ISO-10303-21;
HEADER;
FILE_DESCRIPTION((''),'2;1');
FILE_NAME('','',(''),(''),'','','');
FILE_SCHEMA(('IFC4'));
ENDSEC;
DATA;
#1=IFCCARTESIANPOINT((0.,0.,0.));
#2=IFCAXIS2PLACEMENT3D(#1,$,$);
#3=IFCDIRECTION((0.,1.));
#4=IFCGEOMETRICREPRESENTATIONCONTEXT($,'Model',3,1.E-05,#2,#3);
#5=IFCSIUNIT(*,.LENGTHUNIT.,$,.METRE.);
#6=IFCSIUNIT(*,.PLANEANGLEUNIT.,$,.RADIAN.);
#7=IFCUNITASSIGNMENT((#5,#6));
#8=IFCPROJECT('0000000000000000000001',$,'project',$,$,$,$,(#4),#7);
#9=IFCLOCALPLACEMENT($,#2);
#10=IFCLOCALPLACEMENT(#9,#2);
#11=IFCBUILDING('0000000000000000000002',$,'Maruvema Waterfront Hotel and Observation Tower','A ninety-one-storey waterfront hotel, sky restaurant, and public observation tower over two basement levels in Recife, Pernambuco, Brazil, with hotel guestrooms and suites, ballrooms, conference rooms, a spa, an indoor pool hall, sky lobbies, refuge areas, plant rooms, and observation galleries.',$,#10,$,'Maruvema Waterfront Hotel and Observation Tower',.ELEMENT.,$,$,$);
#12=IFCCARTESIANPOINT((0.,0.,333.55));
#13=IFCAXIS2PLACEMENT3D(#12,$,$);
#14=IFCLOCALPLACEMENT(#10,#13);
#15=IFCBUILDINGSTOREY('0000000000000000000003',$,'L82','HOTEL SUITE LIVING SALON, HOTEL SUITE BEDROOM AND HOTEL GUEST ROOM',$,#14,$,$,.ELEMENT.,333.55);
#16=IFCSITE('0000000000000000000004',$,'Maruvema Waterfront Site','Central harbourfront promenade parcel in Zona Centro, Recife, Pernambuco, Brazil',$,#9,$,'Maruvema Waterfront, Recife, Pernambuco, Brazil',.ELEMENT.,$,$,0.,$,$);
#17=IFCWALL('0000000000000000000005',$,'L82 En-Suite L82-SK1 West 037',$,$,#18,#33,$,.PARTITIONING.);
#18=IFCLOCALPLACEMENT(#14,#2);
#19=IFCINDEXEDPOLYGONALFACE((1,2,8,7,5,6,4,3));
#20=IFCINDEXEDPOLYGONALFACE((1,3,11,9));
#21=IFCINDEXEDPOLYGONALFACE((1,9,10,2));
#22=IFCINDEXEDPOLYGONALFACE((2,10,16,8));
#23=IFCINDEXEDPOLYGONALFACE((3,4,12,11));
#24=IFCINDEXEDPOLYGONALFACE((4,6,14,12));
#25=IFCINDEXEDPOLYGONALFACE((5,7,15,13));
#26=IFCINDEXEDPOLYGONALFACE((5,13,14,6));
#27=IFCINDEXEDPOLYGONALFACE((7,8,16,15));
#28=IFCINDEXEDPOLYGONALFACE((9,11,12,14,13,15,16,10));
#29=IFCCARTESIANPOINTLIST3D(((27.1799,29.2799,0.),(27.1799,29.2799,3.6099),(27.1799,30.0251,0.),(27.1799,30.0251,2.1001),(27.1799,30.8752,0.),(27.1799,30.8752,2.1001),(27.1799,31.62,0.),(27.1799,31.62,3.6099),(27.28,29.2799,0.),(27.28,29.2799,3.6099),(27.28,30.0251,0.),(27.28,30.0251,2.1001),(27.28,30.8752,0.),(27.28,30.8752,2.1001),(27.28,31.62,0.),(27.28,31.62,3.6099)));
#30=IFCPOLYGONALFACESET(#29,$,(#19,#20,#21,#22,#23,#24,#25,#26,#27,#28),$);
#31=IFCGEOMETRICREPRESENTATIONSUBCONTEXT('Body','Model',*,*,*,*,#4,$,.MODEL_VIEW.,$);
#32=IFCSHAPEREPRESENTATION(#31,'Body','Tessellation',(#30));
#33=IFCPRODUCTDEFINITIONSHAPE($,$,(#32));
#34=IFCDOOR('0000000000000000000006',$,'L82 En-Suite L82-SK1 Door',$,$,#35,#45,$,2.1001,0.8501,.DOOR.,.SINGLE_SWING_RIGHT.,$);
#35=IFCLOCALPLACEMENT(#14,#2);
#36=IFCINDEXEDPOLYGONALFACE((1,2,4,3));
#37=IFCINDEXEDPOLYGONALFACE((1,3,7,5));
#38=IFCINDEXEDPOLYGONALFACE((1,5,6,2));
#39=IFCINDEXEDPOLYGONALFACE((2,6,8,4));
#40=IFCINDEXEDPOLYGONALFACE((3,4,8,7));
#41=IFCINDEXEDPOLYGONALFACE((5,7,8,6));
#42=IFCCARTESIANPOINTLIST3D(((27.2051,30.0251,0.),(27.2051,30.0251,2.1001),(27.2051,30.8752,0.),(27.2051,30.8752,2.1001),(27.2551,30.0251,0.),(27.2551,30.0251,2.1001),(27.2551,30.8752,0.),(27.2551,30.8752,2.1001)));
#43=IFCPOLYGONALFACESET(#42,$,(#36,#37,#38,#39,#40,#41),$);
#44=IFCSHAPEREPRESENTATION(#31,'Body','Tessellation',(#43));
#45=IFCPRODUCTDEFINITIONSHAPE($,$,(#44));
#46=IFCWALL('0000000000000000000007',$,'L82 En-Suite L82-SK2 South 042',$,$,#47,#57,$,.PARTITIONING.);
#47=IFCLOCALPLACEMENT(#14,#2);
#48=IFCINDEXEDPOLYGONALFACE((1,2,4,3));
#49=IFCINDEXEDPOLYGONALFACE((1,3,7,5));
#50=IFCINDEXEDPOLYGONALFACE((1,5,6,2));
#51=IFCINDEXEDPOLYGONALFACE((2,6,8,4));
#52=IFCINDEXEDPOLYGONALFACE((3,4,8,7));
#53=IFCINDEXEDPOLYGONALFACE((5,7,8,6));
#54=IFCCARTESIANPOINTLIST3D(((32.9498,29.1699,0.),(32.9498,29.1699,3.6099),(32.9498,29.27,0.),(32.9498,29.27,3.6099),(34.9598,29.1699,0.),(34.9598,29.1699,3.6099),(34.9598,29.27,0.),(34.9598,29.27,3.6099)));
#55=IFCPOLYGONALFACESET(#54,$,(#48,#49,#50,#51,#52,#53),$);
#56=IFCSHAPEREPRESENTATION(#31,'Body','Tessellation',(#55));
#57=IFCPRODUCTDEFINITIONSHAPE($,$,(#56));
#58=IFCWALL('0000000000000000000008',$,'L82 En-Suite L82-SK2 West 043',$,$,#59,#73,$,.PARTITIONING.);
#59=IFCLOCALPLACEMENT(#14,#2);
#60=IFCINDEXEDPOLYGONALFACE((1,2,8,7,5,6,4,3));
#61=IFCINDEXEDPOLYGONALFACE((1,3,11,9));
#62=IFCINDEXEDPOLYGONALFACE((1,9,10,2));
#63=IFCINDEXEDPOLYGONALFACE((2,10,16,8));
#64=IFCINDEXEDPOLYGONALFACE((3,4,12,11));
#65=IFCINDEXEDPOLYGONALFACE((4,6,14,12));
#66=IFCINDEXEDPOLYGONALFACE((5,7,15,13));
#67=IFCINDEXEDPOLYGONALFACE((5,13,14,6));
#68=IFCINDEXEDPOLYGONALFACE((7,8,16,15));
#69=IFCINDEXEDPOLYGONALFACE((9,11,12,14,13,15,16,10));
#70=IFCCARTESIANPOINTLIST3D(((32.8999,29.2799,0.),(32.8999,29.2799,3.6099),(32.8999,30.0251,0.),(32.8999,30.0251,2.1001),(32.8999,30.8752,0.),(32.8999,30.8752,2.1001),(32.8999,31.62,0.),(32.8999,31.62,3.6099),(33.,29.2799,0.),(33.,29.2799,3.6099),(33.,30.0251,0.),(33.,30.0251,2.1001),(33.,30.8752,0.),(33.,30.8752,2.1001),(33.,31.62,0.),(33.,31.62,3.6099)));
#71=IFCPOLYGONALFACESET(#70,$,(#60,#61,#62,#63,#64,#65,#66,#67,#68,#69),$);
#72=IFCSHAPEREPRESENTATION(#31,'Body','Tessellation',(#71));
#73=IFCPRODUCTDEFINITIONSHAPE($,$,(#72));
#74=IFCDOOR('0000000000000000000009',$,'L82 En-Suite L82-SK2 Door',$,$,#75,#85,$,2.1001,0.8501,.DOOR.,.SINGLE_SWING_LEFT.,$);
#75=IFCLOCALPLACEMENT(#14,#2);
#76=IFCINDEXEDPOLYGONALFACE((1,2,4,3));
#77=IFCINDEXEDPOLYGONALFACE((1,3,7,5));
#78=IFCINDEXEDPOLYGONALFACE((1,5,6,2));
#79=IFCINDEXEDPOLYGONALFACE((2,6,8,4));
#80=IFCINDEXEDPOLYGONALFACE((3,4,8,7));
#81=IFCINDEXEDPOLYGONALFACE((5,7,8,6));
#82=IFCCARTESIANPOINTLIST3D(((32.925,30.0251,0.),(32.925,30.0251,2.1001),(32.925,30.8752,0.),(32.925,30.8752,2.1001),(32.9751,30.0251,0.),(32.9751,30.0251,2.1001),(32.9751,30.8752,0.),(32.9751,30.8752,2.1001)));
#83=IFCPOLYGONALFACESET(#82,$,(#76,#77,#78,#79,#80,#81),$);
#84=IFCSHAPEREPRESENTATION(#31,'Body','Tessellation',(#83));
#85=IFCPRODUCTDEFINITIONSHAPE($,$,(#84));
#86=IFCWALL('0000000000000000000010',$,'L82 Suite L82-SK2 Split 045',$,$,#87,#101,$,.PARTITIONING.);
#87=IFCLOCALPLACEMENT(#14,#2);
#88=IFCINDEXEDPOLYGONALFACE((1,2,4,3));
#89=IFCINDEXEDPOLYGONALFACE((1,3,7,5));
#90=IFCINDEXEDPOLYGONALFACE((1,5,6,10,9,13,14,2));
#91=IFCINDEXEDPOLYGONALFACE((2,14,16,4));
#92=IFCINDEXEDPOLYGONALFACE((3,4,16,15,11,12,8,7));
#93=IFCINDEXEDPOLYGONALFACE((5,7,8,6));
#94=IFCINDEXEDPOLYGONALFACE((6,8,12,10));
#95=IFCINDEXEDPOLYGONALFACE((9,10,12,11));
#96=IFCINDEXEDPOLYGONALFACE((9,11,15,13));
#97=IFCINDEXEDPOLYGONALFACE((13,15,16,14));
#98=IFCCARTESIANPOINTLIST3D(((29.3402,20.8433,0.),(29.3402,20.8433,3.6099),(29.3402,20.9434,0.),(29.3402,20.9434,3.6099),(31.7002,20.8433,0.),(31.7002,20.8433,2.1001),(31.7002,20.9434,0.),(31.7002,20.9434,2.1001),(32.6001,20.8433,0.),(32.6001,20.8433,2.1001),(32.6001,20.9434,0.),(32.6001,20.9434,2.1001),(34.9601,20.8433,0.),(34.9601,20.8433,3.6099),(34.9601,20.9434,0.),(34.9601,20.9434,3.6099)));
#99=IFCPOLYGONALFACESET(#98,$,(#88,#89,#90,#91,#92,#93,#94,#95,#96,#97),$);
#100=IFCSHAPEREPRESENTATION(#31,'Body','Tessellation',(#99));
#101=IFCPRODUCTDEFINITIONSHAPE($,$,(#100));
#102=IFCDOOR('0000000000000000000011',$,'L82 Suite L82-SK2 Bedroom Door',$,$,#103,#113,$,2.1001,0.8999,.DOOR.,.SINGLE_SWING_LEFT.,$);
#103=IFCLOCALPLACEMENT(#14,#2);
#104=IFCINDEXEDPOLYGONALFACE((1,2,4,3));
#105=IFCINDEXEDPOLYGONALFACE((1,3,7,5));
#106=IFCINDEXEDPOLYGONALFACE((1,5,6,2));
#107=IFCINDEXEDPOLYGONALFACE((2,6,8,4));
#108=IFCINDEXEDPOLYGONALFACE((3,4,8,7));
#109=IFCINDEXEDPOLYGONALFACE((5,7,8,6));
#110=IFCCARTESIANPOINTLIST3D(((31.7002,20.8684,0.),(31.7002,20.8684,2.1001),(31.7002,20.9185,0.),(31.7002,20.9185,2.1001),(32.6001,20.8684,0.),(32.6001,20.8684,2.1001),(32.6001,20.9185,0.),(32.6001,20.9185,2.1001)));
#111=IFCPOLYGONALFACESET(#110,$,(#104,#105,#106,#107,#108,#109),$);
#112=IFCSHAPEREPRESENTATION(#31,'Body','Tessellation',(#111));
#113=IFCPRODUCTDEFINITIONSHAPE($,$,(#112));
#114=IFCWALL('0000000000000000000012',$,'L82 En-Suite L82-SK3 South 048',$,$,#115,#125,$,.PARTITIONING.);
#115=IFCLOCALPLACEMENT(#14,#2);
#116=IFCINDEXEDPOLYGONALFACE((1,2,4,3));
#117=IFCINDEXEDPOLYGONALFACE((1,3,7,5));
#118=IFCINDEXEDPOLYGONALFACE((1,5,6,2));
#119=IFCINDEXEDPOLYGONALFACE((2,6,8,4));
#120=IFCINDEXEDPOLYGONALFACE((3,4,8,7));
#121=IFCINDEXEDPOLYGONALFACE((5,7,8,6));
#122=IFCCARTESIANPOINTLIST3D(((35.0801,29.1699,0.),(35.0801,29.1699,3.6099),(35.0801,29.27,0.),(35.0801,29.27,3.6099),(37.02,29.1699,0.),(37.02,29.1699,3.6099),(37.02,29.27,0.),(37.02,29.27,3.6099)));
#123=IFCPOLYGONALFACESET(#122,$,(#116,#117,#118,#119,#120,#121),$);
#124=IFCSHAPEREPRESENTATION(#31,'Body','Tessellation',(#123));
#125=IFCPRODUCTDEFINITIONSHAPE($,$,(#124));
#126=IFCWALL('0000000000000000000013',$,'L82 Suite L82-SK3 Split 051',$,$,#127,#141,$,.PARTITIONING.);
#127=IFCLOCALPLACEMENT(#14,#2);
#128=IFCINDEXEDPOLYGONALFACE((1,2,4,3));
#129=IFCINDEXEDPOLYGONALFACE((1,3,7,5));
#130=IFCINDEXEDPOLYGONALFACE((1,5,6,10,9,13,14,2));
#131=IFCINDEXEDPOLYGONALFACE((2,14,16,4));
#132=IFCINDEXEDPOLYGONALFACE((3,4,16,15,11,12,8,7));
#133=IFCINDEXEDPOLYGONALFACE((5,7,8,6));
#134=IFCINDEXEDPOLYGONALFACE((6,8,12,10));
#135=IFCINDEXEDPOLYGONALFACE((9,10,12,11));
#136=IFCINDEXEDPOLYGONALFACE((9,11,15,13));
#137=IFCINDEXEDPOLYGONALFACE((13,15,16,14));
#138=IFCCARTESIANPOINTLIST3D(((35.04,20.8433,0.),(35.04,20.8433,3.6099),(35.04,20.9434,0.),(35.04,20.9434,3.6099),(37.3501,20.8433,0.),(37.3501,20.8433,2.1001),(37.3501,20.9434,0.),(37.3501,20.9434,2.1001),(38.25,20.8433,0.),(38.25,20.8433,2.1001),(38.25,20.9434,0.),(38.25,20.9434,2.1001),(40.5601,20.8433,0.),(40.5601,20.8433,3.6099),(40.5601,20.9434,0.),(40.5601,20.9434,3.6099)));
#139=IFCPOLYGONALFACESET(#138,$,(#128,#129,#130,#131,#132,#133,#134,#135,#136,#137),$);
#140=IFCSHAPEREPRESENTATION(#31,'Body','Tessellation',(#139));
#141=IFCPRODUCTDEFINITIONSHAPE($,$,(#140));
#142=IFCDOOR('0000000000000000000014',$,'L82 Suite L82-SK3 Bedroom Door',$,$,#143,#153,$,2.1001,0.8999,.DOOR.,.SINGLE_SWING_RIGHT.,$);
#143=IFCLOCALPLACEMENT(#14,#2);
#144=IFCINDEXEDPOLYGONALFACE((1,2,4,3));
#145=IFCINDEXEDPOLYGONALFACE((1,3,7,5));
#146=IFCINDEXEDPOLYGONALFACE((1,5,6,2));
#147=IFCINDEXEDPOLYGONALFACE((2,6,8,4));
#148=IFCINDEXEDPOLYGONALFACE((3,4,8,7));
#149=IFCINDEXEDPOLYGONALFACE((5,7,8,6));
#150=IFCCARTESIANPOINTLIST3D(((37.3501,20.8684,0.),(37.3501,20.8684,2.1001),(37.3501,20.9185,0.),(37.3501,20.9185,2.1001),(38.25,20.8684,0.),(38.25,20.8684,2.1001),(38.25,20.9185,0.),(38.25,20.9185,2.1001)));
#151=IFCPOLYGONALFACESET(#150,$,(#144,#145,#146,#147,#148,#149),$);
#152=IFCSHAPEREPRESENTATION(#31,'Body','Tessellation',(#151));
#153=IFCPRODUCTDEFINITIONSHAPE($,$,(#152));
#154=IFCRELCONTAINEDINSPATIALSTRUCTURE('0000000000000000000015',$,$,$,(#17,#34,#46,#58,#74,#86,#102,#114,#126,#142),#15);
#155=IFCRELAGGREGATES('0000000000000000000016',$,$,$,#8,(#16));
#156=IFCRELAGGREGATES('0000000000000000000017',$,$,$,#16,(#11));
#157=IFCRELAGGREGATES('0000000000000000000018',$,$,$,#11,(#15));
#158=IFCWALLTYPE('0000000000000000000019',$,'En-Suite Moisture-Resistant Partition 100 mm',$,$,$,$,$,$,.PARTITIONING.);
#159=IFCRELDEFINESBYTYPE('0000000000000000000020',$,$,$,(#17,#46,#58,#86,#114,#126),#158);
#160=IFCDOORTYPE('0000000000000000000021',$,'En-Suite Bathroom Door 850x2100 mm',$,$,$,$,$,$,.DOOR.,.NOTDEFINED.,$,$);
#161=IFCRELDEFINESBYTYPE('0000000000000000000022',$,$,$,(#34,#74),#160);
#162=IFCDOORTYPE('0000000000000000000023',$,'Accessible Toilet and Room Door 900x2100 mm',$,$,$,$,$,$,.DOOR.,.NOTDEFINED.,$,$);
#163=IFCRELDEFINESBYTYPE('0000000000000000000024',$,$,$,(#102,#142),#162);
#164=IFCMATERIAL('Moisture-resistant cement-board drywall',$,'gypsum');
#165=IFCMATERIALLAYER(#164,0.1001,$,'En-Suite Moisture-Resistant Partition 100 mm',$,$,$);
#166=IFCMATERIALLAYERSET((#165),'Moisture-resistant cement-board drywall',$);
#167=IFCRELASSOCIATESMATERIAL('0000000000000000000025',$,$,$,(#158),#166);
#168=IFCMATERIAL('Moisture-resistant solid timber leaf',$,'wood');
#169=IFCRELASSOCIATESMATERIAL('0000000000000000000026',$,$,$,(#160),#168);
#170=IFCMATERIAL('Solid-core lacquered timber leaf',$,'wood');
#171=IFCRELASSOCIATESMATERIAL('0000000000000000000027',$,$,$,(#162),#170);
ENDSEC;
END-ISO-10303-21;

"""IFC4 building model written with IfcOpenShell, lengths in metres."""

from ifc_helpers import new_model, si_unit, direction, frame, frame_2d, origin, place, context, subcontext, project, spatial, rectangle, extrude, material, layer, layer_set, type_object, element, fill, save


model = new_model("IFC4")

# Units and contexts
model_context = context("Model", 3, precision=1e-05, world=origin(), true_north=direction((0.0, 1.0)))
body_context = subcontext(model_context, "Body", "Model", "MODEL_VIEW")
ifc_project = project(units=[si_unit("LENGTHUNIT", "METRE"), si_unit("PLANEANGLEUNIT", "RADIAN")], contexts=[model_context])

# Site, building, storey
site_placement = place(None, origin())
site = spatial("IfcSite", under=ifc_project, at=site_placement, Name="Maruvema Waterfront Site", Description="Central harbourfront promenade parcel in Zona Centro, Recife, Pernambuco, Brazil", LongName="Maruvema Waterfront, Recife, Pernambuco, Brazil", CompositionType="ELEMENT", RefElevation=0.0)
building_placement = place(site_placement, origin())
building = spatial("IfcBuilding", under=site, at=building_placement, Name="Maruvema Waterfront Hotel and Observation Tower", Description="A ninety-one-storey waterfront hotel, sky restaurant, and public observation tower over two basement levels in Recife, Pernambuco, Brazil, with hotel guestrooms and suites, ballrooms, conference rooms, a spa, an indoor pool hall, sky lobbies, refuge areas, plant rooms, and observation galleries.", LongName="Maruvema Waterfront Hotel and Observation Tower", CompositionType="ELEMENT")
storey_placement = place(building_placement, frame((0.0, 0.0, 333.55)))
storey = spatial("IfcBuildingStorey", under=building, at=storey_placement, Name="L82", Description="HOTEL SUITE LIVING SALON, HOTEL SUITE BEDROOM AND HOTEL GUEST ROOM", CompositionType="ELEMENT", Elevation=333.55)

# Shared definitions
ifc_material_1 = material(Name="Moisture-resistant cement-board drywall", Category="gypsum")
ifc_layer_1 = layer(ifc_material_1, 0.1001, Name="En-Suite Moisture-Resistant Partition 100 mm")
ifc_layer_set_1 = layer_set([ifc_layer_1], Name="Moisture-resistant cement-board drywall")
wall_type_1 = type_object("IfcWallType", Name="En-Suite Moisture-Resistant Partition 100 mm", PredefinedType="PARTITIONING", material=ifc_layer_set_1)

# Wall, opening, door
wall_1_placement = place(storey_placement, frame((27.23, 29.28, 0.0), z_axis=(0.0, 0.0, 1.0), x_axis=(0.0, 1.0, 0.0)))
wall_1 = element("IfcWall", 1, at=wall_1_placement, inside=storey, type_object=wall_type_1, Name="L82 En-Suite L82-SK1 West 037", PredefinedType="PARTITIONING", context=body_context, shape_type="SweptSolid", body=[
    extrude(rectangle(XDim=2.3401, YDim=0.1001, at=frame_2d((1.1699, 0.0))), origin(), (0.0, 0.0, 1.0), 3.6099),
])
opening_1_placement = place(wall_1_placement, frame((0.7451, 0.0, 0.0)))
opening_1 = element("IfcOpeningElement", 2, at=opening_1_placement, cuts=wall_1, PredefinedType="OPENING", context=body_context, shape_type="SweptSolid", body=[
    extrude(rectangle(XDim=0.8501, YDim=2.1001, at=frame_2d((0.425, 1.05))), frame((0.0, 0.0601, 0.0), z_axis=(0.0, -1.0, 0.0), x_axis=(1.0, 0.0, 0.0)), (0.0, 0.0, 1.0), 0.1201),
])
ifc_material_2 = material(Name="Moisture-resistant solid timber leaf", Category="wood")
door_type_1 = type_object("IfcDoorType", Name="En-Suite Bathroom Door 850x2100 mm", OperationType="NOTDEFINED", PredefinedType="DOOR", material=ifc_material_2)
door_1_placement = place(opening_1_placement, origin())
door_1 = element("IfcDoor", 3, at=door_1_placement, inside=storey, type_object=door_type_1, Name="L82 En-Suite L82-SK1 Door", OperationType="SINGLE_SWING_RIGHT", OverallHeight=2.1001, OverallWidth=0.8501, PredefinedType="DOOR", context=body_context, shape_type="SweptSolid", body=[
    extrude(rectangle(XDim=0.8501, YDim=2.1001, at=frame_2d((0.425, 1.05))), frame((0.0, 0.0249, 0.0), z_axis=(0.0, -1.0, 0.0), x_axis=(1.0, 0.0, 0.0)), (0.0, 0.0, 1.0), 0.05),
])
fill(opening_1, door_1)

# Wall
wall_2_placement = place(storey_placement, frame((32.95, 29.22, 0.0), z_axis=(0.0, 0.0, 1.0), x_axis=(1.0, 0.0, 0.0)))
element("IfcWall", 4, at=wall_2_placement, inside=storey, type_object=wall_type_1, Name="L82 En-Suite L82-SK2 South 042", PredefinedType="PARTITIONING", context=body_context, shape_type="SweptSolid", body=[
    extrude(rectangle(XDim=2.01, YDim=0.1001, at=frame_2d((1.0049, 0.0))), origin(), (0.0, 0.0, 1.0), 3.6099),
])

# Walls, openings, doors
wall_3_placement = place(storey_placement, frame((32.95, 29.28, 0.0), z_axis=(0.0, 0.0, 1.0), x_axis=(0.0, 1.0, 0.0)))
wall_3 = element("IfcWall", 5, at=wall_3_placement, inside=storey, type_object=wall_type_1, Name="L82 En-Suite L82-SK2 West 043", PredefinedType="PARTITIONING", context=body_context, shape_type="SweptSolid", body=[
    extrude(rectangle(XDim=2.3401, YDim=0.1001, at=frame_2d((1.1699, 0.0))), origin(), (0.0, 0.0, 1.0), 3.6099),
])
opening_2_placement = place(wall_3_placement, frame((0.7451, 0.0, 0.0)))
opening_2 = element("IfcOpeningElement", 6, at=opening_2_placement, cuts=wall_3, PredefinedType="OPENING", context=body_context, shape_type="SweptSolid", body=[
    extrude(rectangle(XDim=0.8501, YDim=2.1001, at=frame_2d((0.425, 1.05))), frame((0.0, 0.0601, 0.0), z_axis=(0.0, -1.0, 0.0), x_axis=(1.0, 0.0, 0.0)), (0.0, 0.0, 1.0), 0.1201),
])
door_2_placement = place(opening_2_placement, origin())
door_2 = element("IfcDoor", 7, at=door_2_placement, inside=storey, type_object=door_type_1, Name="L82 En-Suite L82-SK2 Door", OperationType="SINGLE_SWING_LEFT", OverallHeight=2.1001, OverallWidth=0.8501, PredefinedType="DOOR", context=body_context, shape_type="SweptSolid", body=[
    extrude(rectangle(XDim=0.8501, YDim=2.1001, at=frame_2d((0.425, 1.05))), frame((0.0, 0.0249, 0.0), z_axis=(0.0, -1.0, 0.0), x_axis=(1.0, 0.0, 0.0)), (0.0, 0.0, 1.0), 0.05),
])
fill(opening_2, door_2)
wall_4_placement = place(storey_placement, frame((29.3401, 20.8933, 0.0), z_axis=(0.0, 0.0, 1.0), x_axis=(1.0, 0.0, 0.0)))
wall_4 = element("IfcWall", 8, at=wall_4_placement, inside=storey, type_object=wall_type_1, Name="L82 Suite L82-SK2 Split 045", PredefinedType="PARTITIONING", context=body_context, shape_type="SweptSolid", body=[
    extrude(rectangle(XDim=5.6199, YDim=0.1001, at=frame_2d((2.8101, 0.0))), origin(), (0.0, 0.0, 1.0), 3.6099),
])
opening_3_placement = place(wall_4_placement, frame((2.3601, 0.0, 0.0)))
opening_3 = element("IfcOpeningElement", 9, at=opening_3_placement, cuts=wall_4, PredefinedType="OPENING", context=body_context, shape_type="SweptSolid", body=[
    extrude(rectangle(XDim=0.8999, YDim=2.1001, at=frame_2d((0.45, 1.05))), frame((0.0, 0.0601, 0.0), z_axis=(0.0, -1.0, 0.0), x_axis=(1.0, 0.0, 0.0)), (0.0, 0.0, 1.0), 0.1201),
])
ifc_material_3 = material(Name="Solid-core lacquered timber leaf", Category="wood")
door_type_2 = type_object("IfcDoorType", Name="Accessible Toilet and Room Door 900x2100 mm", OperationType="NOTDEFINED", PredefinedType="DOOR", material=ifc_material_3)
door_3_placement = place(opening_3_placement, frame((0.8999, 0.0, 0.0), z_axis=(0.0, 0.0, 1.0), x_axis=(-1.0, 0.0, 0.0)))
door_3 = element("IfcDoor", 10, at=door_3_placement, inside=storey, type_object=door_type_2, Name="L82 Suite L82-SK2 Bedroom Door", OperationType="SINGLE_SWING_LEFT", OverallHeight=2.1001, OverallWidth=0.8999, PredefinedType="DOOR", context=body_context, shape_type="SweptSolid", body=[
    extrude(rectangle(XDim=0.8999, YDim=2.1001, at=frame_2d((0.45, 1.05))), frame((0.0, 0.0249, 0.0), z_axis=(0.0, -1.0, 0.0), x_axis=(1.0, 0.0, 0.0)), (0.0, 0.0, 1.0), 0.05),
])
fill(opening_3, door_3)

# Wall
wall_5_placement = place(storey_placement, frame((35.0801, 29.22, 0.0), z_axis=(0.0, 0.0, 1.0), x_axis=(1.0, 0.0, 0.0)))
element("IfcWall", 11, at=wall_5_placement, inside=storey, type_object=wall_type_1, Name="L82 En-Suite L82-SK3 South 048", PredefinedType="PARTITIONING", context=body_context, shape_type="SweptSolid", body=[
    extrude(rectangle(XDim=1.9399, YDim=0.1001, at=frame_2d((0.97, 0.0))), origin(), (0.0, 0.0, 1.0), 3.6099),
])

# Wall, opening, door
wall_6_placement = place(storey_placement, frame((35.04, 20.8933, 0.0), z_axis=(0.0, 0.0, 1.0), x_axis=(1.0, 0.0, 0.0)))
wall_6 = element("IfcWall", 12, at=wall_6_placement, inside=storey, type_object=wall_type_1, Name="L82 Suite L82-SK3 Split 051", PredefinedType="PARTITIONING", context=body_context, shape_type="SweptSolid", body=[
    extrude(rectangle(XDim=5.52, YDim=0.1001, at=frame_2d((2.76, 0.0))), origin(), (0.0, 0.0, 1.0), 3.6099),
])
opening_4_placement = place(wall_6_placement, frame((2.3101, 0.0, 0.0)))
opening_4 = element("IfcOpeningElement", 13, at=opening_4_placement, cuts=wall_6, PredefinedType="OPENING", context=body_context, shape_type="SweptSolid", body=[
    extrude(rectangle(XDim=0.8999, YDim=2.1001, at=frame_2d((0.45, 1.05))), frame((0.0, 0.0601, 0.0), z_axis=(0.0, -1.0, 0.0), x_axis=(1.0, 0.0, 0.0)), (0.0, 0.0, 1.0), 0.1201),
])
door_4_placement = place(opening_4_placement, frame((0.8999, 0.0, 0.0), z_axis=(0.0, 0.0, 1.0), x_axis=(-1.0, 0.0, 0.0)))
door_4 = element("IfcDoor", 14, at=door_4_placement, inside=storey, type_object=door_type_2, Name="L82 Suite L82-SK3 Bedroom Door", OperationType="SINGLE_SWING_RIGHT", OverallHeight=2.1001, OverallWidth=0.8999, PredefinedType="DOOR", context=body_context, shape_type="SweptSolid", body=[
    extrude(rectangle(XDim=0.8999, YDim=2.1001, at=frame_2d((0.45, 1.05))), frame((0.0, 0.0249, 0.0), z_axis=(0.0, -1.0, 0.0), x_axis=(1.0, 0.0, 0.0)), (0.0, 0.0, 1.0), 0.05),
])
fill(opening_4, door_4)

save(model, "model.ifc")
